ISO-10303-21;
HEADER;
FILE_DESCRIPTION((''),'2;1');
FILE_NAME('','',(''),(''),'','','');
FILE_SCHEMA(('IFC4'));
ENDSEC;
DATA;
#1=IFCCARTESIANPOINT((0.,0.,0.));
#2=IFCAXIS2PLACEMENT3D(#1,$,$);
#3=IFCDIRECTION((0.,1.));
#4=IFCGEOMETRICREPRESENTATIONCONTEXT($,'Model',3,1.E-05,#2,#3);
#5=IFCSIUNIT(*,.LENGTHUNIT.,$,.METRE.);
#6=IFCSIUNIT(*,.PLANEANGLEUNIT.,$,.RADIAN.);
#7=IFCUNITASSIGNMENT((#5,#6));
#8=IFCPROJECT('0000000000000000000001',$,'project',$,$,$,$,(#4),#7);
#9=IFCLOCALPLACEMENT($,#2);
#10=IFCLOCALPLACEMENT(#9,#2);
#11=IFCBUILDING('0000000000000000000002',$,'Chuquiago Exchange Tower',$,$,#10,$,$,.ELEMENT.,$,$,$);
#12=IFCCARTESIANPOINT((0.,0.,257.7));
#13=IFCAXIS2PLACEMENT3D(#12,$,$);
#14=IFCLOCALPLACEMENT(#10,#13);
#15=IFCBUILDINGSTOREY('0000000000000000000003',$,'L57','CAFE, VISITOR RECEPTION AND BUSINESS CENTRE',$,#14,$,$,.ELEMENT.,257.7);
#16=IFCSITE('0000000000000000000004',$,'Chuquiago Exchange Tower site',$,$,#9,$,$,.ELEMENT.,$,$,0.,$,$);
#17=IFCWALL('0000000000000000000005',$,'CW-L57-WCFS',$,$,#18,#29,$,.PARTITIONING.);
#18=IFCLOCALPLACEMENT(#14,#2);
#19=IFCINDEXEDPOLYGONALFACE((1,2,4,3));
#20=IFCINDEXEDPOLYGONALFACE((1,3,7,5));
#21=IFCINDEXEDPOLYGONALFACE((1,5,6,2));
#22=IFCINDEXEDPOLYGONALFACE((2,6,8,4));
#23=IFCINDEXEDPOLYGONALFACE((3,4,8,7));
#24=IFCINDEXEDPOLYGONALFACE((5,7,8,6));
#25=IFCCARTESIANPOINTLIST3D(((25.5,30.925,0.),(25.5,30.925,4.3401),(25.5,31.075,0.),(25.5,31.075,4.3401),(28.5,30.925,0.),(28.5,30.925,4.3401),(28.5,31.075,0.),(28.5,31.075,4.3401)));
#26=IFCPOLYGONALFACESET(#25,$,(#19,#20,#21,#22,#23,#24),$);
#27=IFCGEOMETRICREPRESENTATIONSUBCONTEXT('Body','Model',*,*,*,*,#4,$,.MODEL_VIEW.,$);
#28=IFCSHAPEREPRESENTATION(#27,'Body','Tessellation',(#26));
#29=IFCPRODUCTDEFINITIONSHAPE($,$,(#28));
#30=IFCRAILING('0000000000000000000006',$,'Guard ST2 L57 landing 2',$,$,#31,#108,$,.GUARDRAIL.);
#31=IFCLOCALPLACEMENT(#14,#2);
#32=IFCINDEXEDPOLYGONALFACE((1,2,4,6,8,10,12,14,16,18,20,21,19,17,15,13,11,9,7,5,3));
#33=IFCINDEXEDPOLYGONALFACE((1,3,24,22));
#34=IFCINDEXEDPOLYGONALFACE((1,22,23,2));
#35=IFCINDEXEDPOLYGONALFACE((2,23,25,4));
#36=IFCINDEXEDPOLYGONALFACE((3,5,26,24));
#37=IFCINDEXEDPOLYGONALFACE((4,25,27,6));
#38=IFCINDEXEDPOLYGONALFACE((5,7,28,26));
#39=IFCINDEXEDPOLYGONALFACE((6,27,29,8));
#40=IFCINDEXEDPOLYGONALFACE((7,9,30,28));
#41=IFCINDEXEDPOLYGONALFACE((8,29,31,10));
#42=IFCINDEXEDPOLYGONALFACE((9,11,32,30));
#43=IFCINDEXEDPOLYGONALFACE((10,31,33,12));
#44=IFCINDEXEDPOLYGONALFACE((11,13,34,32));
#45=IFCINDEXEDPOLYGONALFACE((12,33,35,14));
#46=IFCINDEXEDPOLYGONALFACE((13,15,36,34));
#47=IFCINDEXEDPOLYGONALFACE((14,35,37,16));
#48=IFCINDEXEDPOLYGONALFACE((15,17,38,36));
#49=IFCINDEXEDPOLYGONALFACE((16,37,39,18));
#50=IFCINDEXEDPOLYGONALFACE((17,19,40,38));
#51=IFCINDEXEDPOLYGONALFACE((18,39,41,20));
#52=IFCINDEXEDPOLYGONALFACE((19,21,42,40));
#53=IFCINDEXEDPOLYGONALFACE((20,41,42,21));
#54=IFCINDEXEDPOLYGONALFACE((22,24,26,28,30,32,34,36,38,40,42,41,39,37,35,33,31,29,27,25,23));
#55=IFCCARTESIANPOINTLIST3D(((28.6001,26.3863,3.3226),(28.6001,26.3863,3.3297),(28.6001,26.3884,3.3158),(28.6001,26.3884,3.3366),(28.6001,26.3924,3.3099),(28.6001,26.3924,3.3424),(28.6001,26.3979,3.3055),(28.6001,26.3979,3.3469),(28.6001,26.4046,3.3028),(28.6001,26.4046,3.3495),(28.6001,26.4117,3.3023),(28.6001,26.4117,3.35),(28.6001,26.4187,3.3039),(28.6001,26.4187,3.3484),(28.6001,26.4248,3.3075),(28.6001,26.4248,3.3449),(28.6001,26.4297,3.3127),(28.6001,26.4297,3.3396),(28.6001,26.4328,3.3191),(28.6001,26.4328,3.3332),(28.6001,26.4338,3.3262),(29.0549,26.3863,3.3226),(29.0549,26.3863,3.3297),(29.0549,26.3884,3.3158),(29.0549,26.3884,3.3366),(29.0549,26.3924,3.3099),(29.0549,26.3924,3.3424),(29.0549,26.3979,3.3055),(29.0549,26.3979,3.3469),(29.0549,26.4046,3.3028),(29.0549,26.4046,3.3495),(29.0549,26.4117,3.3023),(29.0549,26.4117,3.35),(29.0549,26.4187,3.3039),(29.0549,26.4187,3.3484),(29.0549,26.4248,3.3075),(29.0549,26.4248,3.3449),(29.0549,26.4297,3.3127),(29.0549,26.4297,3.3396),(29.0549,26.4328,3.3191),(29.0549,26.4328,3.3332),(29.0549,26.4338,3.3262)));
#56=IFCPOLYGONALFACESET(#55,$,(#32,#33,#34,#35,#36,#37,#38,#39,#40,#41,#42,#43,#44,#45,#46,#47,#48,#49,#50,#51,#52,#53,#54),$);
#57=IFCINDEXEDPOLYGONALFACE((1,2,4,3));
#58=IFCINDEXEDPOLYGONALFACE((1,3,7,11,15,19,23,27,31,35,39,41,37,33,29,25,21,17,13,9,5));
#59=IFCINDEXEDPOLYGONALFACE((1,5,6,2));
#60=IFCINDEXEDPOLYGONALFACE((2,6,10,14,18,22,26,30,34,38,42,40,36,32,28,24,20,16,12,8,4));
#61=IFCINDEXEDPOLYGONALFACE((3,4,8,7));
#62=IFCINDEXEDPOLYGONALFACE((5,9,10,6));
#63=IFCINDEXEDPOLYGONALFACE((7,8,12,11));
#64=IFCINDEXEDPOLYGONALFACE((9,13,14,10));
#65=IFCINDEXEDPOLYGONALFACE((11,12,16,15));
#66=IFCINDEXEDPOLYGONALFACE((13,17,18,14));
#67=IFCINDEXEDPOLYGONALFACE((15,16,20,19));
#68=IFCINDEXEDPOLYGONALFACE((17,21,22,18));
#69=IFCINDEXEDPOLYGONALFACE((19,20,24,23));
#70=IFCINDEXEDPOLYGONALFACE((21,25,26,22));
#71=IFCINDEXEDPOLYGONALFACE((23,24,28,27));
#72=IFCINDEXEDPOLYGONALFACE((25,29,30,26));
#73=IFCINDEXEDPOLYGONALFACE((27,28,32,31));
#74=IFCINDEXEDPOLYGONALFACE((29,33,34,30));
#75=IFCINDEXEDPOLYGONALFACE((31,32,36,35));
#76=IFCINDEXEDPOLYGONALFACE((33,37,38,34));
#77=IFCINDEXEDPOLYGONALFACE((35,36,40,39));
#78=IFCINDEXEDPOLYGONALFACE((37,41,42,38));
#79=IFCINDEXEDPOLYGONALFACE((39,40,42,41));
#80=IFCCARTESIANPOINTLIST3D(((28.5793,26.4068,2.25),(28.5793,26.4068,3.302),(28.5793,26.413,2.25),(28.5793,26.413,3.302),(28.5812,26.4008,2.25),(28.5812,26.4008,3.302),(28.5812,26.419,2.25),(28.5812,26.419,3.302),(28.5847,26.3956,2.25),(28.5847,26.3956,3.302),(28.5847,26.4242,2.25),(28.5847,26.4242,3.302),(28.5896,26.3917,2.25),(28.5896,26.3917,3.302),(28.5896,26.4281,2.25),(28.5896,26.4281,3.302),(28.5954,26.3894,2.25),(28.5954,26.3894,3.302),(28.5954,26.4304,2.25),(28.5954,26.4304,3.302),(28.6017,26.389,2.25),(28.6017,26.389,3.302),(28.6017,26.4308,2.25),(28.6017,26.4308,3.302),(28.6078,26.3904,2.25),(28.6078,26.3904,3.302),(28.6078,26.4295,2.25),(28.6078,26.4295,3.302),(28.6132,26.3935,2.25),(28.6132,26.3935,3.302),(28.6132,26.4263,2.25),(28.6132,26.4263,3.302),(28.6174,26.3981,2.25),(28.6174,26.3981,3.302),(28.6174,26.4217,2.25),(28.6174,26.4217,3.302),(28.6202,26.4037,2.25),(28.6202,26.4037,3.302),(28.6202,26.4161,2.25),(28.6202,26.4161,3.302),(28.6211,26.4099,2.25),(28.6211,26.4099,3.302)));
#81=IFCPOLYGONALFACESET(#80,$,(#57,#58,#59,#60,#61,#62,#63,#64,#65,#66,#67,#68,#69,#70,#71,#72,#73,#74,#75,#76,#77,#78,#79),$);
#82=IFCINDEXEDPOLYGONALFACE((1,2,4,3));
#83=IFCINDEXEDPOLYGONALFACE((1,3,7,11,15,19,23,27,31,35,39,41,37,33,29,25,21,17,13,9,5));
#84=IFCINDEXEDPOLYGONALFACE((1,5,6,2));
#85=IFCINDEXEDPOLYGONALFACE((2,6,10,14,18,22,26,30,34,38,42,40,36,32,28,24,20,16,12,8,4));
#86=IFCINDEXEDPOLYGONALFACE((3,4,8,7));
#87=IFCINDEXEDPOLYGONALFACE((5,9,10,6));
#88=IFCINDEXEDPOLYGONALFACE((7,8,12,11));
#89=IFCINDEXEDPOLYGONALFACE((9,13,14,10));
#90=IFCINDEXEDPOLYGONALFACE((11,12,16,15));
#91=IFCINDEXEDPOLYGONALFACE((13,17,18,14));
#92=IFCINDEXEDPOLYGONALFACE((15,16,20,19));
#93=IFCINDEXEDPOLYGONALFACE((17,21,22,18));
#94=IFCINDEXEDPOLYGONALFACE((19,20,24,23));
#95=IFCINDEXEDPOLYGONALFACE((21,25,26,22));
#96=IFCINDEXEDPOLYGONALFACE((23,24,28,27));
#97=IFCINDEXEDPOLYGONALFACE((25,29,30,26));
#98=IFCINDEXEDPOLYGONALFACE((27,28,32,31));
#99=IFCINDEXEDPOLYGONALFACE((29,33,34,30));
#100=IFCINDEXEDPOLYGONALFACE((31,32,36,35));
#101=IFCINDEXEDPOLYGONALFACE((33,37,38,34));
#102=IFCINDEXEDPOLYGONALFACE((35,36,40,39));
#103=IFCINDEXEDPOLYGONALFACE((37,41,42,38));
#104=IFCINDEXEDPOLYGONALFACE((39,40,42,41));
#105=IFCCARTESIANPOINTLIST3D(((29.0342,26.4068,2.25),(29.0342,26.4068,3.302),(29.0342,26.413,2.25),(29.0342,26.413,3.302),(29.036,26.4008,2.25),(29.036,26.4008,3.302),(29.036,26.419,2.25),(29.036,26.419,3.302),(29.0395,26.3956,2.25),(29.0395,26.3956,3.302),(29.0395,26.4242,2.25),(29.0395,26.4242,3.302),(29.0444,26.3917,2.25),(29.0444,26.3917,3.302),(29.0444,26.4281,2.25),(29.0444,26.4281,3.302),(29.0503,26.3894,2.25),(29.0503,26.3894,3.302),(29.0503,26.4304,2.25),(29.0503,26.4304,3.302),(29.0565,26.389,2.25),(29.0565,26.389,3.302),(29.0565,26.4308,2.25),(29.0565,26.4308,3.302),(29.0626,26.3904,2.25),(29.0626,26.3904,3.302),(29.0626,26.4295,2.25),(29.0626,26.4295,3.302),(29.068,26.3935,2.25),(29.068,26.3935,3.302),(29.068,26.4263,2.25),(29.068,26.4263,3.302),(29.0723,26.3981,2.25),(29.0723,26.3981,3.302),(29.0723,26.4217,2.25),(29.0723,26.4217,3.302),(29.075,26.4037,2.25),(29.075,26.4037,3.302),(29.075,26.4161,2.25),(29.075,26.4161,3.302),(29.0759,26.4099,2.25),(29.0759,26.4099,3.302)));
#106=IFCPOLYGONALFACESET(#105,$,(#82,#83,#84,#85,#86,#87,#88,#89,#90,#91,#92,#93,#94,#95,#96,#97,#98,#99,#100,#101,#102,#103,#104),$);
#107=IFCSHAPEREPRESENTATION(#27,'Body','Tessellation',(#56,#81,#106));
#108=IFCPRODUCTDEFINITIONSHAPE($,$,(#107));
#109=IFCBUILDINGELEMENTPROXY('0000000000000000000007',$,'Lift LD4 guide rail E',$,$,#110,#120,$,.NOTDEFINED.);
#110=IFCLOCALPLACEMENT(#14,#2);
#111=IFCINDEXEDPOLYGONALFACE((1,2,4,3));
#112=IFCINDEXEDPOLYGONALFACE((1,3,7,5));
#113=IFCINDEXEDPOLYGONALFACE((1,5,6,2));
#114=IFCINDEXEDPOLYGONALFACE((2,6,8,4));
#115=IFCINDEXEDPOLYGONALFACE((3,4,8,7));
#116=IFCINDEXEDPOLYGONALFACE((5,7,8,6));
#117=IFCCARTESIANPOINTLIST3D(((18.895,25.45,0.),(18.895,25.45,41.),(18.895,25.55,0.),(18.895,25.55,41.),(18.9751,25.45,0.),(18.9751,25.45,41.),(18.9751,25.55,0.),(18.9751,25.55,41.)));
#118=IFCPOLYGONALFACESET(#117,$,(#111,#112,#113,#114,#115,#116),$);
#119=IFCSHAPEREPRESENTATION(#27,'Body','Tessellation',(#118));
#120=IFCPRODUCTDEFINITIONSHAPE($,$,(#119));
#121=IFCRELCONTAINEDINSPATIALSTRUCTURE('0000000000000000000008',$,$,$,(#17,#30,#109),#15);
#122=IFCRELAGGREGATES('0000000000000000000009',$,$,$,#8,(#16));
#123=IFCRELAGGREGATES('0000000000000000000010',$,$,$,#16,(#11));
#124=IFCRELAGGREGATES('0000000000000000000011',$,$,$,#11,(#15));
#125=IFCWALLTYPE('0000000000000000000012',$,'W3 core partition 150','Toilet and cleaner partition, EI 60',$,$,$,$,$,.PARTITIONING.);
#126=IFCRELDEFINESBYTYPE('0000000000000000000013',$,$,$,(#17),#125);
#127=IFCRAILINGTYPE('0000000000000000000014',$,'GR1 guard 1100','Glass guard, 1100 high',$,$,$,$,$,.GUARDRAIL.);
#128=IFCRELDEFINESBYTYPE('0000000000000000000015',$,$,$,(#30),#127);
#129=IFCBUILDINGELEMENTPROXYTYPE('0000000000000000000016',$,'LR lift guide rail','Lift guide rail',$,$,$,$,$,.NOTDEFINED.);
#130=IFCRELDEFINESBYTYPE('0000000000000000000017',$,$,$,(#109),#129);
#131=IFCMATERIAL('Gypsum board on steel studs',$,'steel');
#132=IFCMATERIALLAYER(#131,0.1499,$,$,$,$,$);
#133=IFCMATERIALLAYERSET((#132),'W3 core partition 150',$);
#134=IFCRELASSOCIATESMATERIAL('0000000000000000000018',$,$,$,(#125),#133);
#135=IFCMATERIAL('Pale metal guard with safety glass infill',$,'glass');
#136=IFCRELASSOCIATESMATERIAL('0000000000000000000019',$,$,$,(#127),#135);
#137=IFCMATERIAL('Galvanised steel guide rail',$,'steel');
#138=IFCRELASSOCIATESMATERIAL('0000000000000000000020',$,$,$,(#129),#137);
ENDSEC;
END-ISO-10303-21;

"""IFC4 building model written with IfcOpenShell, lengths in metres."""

from ifc_helpers import new_model, si_unit, direction, frame, frame_2d, origin, origin_2d, place, context, subcontext, project, spatial, rectangle, circle, extrude, material, layer, layer_set, type_object, element, save


model = new_model("IFC4")

# Units and contexts
model_context = context("Model", 3, precision=1e-05, world=origin(), true_north=direction((0.0, 1.0)))
body_context = subcontext(model_context, "Body", "Model", "MODEL_VIEW")
ifc_project = project(units=[si_unit("LENGTHUNIT", "METRE"), si_unit("PLANEANGLEUNIT", "RADIAN")], contexts=[model_context])

# Site, building, storey
site_placement = place(None, origin())
site = spatial("IfcSite", under=ifc_project, at=site_placement, Name="Chuquiago Exchange Tower site", CompositionType="ELEMENT", RefElevation=0.0)
building_placement = place(site_placement, origin())
building = spatial("IfcBuilding", under=site, at=building_placement, Name="Chuquiago Exchange Tower", CompositionType="ELEMENT")
storey_placement = place(building_placement, frame((0.0, 0.0, 257.7)))
storey = spatial("IfcBuildingStorey", under=building, at=storey_placement, Name="L57", Description="CAFE, VISITOR RECEPTION AND BUSINESS CENTRE", CompositionType="ELEMENT", Elevation=257.7)

# Shared definitions
ifc_material_1 = material(Name="Gypsum board on steel studs", Category="steel")
ifc_layer_1 = layer(ifc_material_1, 0.1499)
ifc_layer_set_1 = layer_set([ifc_layer_1], Name="W3 core partition 150")
wall_type_1 = type_object("IfcWallType", Name="W3 core partition 150", Description="Toilet and cleaner partition, EI 60", PredefinedType="PARTITIONING", material=ifc_layer_set_1)

# Wall
wall_1_placement = place(storey_placement, frame((25.5, 31.0, 0.0), z_axis=(0.0, 0.0, 1.0), x_axis=(1.0, 0.0, 0.0)))
element("IfcWall", 1, at=wall_1_placement, inside=storey, type_object=wall_type_1, Name="CW-L57-WCFS", PredefinedType="PARTITIONING", context=body_context, shape_type="SweptSolid", body=[
    extrude(rectangle(XDim=3.0, YDim=0.1499, at=frame_2d((1.5, 0.0))), origin(), (0.0, 0.0, 1.0), 4.3401),
])

# Railing
ifc_material_2 = material(Name="Pale metal guard with safety glass infill", Category="glass")
railing_type = type_object("IfcRailingType", Name="GR1 guard 1100", Description="Glass guard, 1100 high", PredefinedType="GUARDRAIL", material=ifc_material_2)
railing_placement = place(storey_placement, frame((28.6001, 26.4099, 2.25)))
element("IfcRailing", 2, at=railing_placement, inside=storey, type_object=railing_type, Name="Guard ST2 L57 landing 2", PredefinedType="GUARDRAIL", context=body_context, shape_type="SweptSolid", body=[
    extrude(circle(Radius=0.0239, at=origin_2d()), frame((0.0, 0.0, 1.0762), z_axis=(1.0, 0.0, 0.0), x_axis=(0.0, 1.0, 0.0)), (0.0, 0.0, 1.0), 0.4548),
    extrude(circle(Radius=0.021, at=origin_2d()), origin(), (0.0, 0.0, 1.0), 1.052),
    extrude(circle(Radius=0.021, at=origin_2d()), frame((0.4548, 0.0, 0.0)), (0.0, 0.0, 1.0), 1.052),
])

# Building element proxy
ifc_material_3 = material(Name="Galvanised steel guide rail", Category="steel")
building_element_proxy_type = type_object("IfcBuildingElementProxyType", Name="LR lift guide rail", Description="Lift guide rail", PredefinedType="NOTDEFINED", material=ifc_material_3)
proxy_placement = place(storey_placement, frame((18.9351, 25.5, 0.0), z_axis=(0.0, 0.0, 1.0), x_axis=(1.0, 0.0, 0.0)))
element("IfcBuildingElementProxy", 3, at=proxy_placement, inside=storey, type_object=building_element_proxy_type, Name="Lift LD4 guide rail E", PredefinedType="NOTDEFINED", context=body_context, shape_type="SweptSolid", body=[
    extrude(rectangle(XDim=0.0801, YDim=0.1001, at=origin_2d()), origin(), (0.0, 0.0, 1.0), 41.0),
])

save(model, "model.ifc")
